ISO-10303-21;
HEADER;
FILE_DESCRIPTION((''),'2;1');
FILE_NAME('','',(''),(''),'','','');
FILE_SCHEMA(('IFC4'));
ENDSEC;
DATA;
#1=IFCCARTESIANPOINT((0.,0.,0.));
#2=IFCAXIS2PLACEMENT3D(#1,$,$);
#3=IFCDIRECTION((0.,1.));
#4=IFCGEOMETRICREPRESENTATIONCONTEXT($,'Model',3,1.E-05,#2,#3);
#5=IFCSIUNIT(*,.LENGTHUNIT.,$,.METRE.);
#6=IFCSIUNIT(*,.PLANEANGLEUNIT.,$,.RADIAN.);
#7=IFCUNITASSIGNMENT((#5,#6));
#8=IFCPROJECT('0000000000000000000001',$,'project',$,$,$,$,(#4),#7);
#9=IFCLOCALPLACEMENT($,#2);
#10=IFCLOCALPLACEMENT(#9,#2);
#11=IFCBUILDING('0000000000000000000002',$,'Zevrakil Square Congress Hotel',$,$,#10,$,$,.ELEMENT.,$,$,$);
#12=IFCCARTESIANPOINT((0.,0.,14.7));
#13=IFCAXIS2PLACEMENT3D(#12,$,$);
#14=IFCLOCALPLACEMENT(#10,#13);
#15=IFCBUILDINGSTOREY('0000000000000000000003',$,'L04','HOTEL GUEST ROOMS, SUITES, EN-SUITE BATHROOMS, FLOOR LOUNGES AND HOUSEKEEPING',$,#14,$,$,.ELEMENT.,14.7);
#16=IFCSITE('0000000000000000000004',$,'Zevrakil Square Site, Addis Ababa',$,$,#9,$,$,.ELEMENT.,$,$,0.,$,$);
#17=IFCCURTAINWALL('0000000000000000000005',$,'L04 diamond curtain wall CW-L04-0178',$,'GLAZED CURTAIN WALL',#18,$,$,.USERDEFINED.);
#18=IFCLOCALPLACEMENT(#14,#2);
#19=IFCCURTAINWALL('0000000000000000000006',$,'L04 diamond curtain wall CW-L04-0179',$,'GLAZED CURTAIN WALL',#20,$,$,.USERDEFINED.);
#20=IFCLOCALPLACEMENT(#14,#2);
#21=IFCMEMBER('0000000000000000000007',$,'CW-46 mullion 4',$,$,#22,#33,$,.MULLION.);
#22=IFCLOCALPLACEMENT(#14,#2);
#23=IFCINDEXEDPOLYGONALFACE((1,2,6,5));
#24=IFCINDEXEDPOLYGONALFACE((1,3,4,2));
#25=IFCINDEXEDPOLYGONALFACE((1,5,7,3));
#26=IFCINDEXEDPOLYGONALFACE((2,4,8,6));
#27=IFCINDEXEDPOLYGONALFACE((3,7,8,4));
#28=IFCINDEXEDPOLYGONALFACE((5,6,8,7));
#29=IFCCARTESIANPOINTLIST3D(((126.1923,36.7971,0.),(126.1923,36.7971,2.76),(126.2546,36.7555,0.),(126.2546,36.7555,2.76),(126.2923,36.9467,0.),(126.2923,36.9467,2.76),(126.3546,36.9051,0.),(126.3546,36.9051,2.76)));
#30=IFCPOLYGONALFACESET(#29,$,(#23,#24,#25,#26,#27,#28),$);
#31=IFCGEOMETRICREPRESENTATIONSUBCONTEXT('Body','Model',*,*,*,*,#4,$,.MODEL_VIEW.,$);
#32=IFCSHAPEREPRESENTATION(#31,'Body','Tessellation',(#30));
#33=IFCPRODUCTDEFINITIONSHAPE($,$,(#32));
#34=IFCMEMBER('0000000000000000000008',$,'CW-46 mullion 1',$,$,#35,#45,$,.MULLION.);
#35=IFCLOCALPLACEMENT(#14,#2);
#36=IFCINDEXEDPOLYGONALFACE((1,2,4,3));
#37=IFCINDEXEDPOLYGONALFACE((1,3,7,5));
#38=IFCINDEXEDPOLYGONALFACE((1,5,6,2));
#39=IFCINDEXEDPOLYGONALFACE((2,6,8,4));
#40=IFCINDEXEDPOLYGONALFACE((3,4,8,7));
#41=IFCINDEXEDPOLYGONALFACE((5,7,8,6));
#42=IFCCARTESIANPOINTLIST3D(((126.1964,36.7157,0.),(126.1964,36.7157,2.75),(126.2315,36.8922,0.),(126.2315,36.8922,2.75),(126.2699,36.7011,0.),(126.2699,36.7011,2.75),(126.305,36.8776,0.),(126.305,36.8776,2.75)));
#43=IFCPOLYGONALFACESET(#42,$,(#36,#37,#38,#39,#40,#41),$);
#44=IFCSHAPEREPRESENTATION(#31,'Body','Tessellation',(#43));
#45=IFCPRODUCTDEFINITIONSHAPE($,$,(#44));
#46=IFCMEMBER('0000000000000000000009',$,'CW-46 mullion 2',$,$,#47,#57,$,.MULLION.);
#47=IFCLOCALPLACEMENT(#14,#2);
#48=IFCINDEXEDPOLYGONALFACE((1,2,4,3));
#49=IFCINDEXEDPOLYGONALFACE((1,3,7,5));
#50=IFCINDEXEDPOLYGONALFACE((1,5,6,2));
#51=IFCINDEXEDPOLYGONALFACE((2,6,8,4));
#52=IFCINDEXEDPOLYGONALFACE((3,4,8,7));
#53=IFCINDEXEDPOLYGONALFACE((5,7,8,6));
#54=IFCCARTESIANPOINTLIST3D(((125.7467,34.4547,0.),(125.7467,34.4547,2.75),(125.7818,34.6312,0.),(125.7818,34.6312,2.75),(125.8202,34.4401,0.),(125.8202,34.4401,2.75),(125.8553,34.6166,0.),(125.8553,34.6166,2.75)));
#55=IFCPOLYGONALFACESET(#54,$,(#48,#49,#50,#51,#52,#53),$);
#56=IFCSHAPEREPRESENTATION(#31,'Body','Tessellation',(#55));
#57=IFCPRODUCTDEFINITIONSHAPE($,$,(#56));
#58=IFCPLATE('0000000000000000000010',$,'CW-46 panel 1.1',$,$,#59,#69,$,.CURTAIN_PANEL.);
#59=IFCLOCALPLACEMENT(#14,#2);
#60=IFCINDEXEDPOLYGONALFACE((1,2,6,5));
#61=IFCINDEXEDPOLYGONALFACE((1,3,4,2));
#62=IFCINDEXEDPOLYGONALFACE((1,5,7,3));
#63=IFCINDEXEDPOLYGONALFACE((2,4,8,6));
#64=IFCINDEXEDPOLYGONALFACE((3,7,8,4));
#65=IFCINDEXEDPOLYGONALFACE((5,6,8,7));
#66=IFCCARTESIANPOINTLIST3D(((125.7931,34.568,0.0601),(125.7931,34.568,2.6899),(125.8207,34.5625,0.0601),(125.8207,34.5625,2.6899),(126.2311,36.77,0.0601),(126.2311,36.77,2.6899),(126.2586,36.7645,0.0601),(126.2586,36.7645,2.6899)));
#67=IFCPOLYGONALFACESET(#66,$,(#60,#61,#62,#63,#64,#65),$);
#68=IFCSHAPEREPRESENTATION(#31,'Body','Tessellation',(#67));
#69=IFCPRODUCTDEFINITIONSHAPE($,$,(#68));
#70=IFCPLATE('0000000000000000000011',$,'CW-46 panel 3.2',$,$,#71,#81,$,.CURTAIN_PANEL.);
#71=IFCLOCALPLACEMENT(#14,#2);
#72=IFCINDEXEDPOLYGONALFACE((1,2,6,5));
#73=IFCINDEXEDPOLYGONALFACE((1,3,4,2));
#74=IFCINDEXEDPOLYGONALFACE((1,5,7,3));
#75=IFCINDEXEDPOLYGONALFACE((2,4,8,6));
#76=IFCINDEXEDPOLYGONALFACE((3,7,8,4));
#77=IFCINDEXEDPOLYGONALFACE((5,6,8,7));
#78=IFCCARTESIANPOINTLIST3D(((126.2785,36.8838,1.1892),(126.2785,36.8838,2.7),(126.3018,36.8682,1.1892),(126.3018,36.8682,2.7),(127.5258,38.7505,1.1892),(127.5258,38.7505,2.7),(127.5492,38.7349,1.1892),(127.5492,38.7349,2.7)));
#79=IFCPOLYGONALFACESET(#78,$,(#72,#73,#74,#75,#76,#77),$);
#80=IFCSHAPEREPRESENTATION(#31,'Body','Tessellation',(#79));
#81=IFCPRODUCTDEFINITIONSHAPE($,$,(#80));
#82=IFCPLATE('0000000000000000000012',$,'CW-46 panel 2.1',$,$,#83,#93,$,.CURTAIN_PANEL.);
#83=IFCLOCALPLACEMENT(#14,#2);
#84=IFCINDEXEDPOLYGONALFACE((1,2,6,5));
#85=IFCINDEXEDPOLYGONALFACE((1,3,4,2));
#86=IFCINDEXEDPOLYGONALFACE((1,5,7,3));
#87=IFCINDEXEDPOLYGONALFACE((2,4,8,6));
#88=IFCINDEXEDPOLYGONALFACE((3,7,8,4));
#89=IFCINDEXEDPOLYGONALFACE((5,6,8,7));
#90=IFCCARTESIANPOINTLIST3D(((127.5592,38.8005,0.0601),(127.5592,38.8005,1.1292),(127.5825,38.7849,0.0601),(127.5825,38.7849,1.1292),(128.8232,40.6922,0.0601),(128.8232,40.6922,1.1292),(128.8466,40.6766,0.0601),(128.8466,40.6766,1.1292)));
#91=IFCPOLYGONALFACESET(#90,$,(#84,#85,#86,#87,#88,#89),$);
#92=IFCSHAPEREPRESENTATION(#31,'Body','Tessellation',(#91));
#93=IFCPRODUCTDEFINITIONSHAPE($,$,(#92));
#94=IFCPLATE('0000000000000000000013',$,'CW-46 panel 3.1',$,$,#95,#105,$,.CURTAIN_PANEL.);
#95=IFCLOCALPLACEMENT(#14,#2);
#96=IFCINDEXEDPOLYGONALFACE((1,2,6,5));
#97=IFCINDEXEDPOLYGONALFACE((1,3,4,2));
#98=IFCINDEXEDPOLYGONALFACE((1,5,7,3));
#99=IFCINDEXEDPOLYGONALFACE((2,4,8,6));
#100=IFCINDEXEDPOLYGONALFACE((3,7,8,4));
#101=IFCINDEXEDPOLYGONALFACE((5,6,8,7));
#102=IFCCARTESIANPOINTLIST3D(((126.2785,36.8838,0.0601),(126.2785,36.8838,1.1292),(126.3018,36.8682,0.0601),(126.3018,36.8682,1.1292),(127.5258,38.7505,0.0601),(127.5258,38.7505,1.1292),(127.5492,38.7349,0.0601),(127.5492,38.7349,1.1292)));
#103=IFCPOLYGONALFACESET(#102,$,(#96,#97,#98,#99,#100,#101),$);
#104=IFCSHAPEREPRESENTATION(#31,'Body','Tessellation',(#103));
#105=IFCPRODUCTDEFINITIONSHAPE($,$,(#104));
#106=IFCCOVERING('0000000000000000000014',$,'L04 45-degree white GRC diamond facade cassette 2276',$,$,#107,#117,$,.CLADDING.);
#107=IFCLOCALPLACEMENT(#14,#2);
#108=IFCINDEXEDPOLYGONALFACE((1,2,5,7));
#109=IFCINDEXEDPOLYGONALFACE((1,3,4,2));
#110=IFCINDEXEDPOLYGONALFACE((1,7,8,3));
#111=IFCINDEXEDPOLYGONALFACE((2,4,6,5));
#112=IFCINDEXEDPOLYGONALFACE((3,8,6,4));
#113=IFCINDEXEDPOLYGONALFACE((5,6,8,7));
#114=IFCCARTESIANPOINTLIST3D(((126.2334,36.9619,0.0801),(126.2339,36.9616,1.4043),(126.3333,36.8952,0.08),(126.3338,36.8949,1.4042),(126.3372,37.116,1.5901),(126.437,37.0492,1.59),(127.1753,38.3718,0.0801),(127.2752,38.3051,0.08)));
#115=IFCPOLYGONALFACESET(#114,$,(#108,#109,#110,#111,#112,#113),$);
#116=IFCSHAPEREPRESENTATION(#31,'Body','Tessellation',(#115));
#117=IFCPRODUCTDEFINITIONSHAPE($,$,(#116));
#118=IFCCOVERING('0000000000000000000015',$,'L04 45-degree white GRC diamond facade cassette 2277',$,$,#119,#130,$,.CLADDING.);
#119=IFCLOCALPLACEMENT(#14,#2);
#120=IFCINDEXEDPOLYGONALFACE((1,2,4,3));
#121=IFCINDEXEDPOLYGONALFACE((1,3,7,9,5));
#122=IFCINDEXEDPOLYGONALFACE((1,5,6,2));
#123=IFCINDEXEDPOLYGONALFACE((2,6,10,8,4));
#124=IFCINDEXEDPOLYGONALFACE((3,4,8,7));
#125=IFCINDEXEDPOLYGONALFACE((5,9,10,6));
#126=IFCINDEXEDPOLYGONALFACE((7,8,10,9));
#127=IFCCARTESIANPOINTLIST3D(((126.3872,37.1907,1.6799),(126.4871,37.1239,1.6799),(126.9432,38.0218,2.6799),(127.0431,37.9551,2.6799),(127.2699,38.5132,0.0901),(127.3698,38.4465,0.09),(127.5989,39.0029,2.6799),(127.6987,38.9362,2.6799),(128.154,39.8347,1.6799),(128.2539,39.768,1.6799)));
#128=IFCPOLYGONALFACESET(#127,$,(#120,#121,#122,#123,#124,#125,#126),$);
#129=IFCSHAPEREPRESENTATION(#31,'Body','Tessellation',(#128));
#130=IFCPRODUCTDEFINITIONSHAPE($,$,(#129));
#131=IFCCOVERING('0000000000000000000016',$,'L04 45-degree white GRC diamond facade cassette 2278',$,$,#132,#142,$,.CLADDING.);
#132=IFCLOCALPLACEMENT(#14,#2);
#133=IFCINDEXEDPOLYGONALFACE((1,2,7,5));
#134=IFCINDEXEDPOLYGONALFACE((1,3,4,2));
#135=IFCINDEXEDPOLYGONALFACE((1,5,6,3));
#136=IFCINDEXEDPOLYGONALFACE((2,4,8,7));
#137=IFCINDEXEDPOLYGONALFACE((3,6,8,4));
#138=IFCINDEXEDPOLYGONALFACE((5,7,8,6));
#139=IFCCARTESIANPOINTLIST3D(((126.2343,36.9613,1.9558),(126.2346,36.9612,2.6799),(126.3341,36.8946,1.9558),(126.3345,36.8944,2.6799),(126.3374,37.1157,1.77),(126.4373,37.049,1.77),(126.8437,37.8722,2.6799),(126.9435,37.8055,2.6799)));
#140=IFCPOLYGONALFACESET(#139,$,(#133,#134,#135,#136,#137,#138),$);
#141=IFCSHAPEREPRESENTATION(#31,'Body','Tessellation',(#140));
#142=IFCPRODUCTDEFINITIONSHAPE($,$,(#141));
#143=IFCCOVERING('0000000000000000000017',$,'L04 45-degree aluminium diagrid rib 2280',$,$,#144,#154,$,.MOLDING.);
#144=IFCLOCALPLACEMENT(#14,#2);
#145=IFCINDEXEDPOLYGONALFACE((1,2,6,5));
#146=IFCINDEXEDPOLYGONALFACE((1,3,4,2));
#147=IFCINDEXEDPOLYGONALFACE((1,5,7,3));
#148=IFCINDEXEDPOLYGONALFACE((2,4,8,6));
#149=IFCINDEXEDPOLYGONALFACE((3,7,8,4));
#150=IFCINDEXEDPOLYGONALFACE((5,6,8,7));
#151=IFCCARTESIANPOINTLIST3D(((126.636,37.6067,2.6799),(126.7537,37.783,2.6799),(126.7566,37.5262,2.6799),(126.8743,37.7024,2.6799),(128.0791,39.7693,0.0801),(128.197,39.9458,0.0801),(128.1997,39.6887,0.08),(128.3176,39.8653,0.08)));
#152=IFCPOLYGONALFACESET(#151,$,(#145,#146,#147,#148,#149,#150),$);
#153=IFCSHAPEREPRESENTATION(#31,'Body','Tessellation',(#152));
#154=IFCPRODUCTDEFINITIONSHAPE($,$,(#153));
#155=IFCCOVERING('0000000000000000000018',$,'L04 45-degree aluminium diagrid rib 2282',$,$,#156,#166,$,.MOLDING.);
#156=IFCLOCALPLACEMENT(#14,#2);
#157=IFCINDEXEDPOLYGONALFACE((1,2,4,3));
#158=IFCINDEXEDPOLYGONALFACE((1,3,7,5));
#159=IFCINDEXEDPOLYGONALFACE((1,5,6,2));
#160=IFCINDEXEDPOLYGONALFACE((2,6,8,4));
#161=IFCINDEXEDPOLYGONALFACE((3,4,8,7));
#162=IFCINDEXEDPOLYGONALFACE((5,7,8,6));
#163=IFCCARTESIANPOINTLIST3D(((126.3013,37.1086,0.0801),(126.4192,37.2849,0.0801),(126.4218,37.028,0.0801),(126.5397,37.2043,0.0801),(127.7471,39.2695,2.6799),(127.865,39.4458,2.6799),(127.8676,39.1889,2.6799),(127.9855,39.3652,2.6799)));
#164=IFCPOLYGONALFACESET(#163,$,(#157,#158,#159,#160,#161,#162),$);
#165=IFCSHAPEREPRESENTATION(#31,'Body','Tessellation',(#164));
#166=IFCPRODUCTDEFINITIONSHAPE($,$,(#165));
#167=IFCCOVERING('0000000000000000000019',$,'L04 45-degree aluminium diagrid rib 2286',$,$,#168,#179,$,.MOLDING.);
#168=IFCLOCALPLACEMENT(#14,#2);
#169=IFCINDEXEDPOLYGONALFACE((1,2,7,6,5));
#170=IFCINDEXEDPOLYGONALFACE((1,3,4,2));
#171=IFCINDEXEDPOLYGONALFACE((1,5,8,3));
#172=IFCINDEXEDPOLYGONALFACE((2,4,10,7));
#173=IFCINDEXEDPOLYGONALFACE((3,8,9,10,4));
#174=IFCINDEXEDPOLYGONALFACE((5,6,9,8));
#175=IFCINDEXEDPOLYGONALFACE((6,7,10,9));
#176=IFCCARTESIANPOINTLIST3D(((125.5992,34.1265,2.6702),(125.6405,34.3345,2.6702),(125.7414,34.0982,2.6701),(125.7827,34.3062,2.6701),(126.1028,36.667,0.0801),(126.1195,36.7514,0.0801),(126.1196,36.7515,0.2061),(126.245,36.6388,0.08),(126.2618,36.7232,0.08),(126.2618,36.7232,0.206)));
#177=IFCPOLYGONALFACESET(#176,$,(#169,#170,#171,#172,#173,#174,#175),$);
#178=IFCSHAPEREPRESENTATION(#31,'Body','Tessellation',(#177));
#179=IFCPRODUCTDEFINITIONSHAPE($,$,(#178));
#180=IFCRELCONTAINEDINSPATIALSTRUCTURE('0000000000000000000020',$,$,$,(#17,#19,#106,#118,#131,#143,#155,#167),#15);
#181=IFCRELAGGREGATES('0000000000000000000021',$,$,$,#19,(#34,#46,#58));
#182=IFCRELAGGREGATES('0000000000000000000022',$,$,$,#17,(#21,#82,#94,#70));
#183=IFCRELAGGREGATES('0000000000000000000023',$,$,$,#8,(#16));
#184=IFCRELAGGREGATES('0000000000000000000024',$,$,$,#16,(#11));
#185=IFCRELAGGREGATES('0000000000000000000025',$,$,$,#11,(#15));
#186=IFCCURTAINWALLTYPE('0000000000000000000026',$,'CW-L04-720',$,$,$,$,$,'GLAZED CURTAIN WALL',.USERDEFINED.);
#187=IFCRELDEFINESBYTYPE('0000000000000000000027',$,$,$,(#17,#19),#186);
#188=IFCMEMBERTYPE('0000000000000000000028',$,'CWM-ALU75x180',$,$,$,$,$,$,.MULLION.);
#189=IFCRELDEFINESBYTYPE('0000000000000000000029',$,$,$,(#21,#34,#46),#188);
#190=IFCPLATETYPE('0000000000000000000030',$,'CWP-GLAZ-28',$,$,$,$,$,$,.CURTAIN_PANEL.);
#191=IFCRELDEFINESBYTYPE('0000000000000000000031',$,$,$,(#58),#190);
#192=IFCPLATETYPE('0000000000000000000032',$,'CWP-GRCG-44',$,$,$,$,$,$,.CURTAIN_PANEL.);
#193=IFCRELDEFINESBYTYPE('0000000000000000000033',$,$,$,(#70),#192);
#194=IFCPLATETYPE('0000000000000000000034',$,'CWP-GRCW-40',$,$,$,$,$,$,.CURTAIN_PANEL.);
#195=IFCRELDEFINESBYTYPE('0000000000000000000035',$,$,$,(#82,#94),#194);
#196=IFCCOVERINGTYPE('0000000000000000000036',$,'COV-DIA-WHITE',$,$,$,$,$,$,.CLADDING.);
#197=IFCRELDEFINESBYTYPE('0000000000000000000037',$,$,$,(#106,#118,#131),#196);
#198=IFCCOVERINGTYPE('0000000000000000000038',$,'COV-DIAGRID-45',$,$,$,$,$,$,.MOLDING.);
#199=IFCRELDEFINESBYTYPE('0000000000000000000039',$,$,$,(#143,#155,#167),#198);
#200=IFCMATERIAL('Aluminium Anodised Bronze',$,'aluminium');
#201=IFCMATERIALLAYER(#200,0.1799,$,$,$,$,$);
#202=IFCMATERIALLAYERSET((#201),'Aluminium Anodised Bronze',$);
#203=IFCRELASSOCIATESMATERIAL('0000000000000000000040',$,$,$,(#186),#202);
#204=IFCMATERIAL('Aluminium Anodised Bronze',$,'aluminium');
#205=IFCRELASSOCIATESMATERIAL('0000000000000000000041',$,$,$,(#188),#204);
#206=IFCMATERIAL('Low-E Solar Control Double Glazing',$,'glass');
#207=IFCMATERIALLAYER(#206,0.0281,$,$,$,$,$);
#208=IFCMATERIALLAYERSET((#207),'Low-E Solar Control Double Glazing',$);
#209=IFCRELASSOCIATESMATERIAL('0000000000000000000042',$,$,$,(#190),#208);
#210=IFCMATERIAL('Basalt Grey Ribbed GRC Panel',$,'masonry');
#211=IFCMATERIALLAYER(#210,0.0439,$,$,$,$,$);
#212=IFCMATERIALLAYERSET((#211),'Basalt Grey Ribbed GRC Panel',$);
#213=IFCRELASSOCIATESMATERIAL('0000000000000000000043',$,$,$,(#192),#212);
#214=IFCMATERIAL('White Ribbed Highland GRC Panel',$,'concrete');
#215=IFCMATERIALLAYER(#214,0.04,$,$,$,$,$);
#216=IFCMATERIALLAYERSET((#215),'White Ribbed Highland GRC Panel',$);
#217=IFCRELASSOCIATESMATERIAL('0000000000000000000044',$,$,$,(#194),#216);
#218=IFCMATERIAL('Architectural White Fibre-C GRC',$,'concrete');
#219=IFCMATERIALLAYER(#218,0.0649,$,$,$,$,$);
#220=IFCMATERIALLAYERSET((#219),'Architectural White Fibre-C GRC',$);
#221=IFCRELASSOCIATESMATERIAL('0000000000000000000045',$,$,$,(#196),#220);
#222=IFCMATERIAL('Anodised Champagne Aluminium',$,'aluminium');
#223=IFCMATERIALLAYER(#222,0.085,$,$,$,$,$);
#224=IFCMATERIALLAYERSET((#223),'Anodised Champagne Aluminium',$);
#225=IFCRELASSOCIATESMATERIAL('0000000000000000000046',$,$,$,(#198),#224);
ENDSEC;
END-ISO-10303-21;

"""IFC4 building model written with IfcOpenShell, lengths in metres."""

from ifc_helpers import new_model, si_unit, direction, frame, origin, origin_2d, place, context, subcontext, project, spatial, polyline, rectangle, outline, extrude, material, layer, layer_set, material_profile, profile_set, type_object, element, aggregate, save


model = new_model("IFC4")

# Units and contexts
model_context = context("Model", 3, precision=1e-05, world=origin(), true_north=direction((0.0, 1.0)))
body_context = subcontext(model_context, "Body", "Model", "MODEL_VIEW")
ifc_project = project(units=[si_unit("LENGTHUNIT", "METRE"), si_unit("PLANEANGLEUNIT", "RADIAN")], contexts=[model_context])

# Site, building, storey
site_placement = place(None, origin())
site = spatial("IfcSite", under=ifc_project, at=site_placement, Name="Zevrakil Square Site, Addis Ababa", CompositionType="ELEMENT", RefElevation=0.0)
building_placement = place(site_placement, origin())
building = spatial("IfcBuilding", under=site, at=building_placement, Name="Zevrakil Square Congress Hotel", CompositionType="ELEMENT")
storey_placement = place(building_placement, frame((0.0, 0.0, 14.7)))
storey = spatial("IfcBuildingStorey", under=building, at=storey_placement, Name="L04", Description="HOTEL GUEST ROOMS, SUITES, EN-SUITE BATHROOMS, FLOOR LOUNGES AND HOUSEKEEPING", CompositionType="ELEMENT", Elevation=14.7)

# Curtain walls
ifc_material_1 = material(Name="Aluminium Anodised Bronze", Category="aluminium")
ifc_layer_1 = layer(ifc_material_1, 0.1799)
ifc_layer_set_1 = layer_set([ifc_layer_1], Name="Aluminium Anodised Bronze")
curtain_wall_type = type_object("IfcCurtainWallType", Name="CW-L04-720", ElementType="GLAZED CURTAIN WALL", PredefinedType="USERDEFINED", material=ifc_layer_set_1)
curtain_wall_1_placement = place(storey_placement, origin())
curtain_wall_1 = element("IfcCurtainWall", 1, at=curtain_wall_1_placement, inside=storey, type_object=curtain_wall_type, Name="L04 diamond curtain wall CW-L04-0178", ObjectType="GLAZED CURTAIN WALL", PredefinedType="USERDEFINED")
curtain_wall_2_placement = place(storey_placement, origin())
curtain_wall_2 = element("IfcCurtainWall", 2, at=curtain_wall_2_placement, inside=storey, type_object=curtain_wall_type, Name="L04 diamond curtain wall CW-L04-0179", ObjectType="GLAZED CURTAIN WALL", PredefinedType="USERDEFINED")

# Members
ifc_material_2 = material(Name="Aluminium Anodised Bronze", Category="aluminium")
ifc_material_profile_1 = material_profile(ifc_material_2, rectangle(XDim=0.075, YDim=0.1799, at=origin_2d()), Name="ALU 75x180")
ifc_profile_set_1 = profile_set([ifc_material_profile_1], Name="Aluminium Anodised Bronze")
member_type_1 = type_object("IfcMemberType", Name="CWM-ALU75x180", PredefinedType="MULLION", material=ifc_profile_set_1)
member_1_placement = place(storey_placement, frame((126.2734, 36.8511, 0.0), z_axis=(0.0, 0.0, 1.0), x_axis=(0.831466, -0.555576, 0.0)))
member_1 = element("IfcMember", 3, at=member_1_placement, type_object=member_type_1, Name="CW-46 mullion 4", PredefinedType="MULLION", context=body_context, shape_type="SweptSolid", body=[
    extrude(rectangle(XDim=0.075, YDim=0.1799, at=origin_2d()), origin(), (0.0, 0.0, 1.0), 2.76),
])
member_2_placement = place(storey_placement, frame((126.2507, 36.7966, 0.0), z_axis=(0.0, 0.0, 1.0), x_axis=(0.980787, -0.195084, 0.0)))
member_2 = element("IfcMember", 4, at=member_2_placement, type_object=member_type_1, Name="CW-46 mullion 1", PredefinedType="MULLION", context=body_context, shape_type="SweptSolid", body=[
    extrude(rectangle(XDim=0.075, YDim=0.1799, at=origin_2d()), origin(), (0.0, 0.0, 1.0), 2.75),
])
member_3_placement = place(storey_placement, frame((125.801, 34.5356, 0.0), z_axis=(0.0, 0.0, 1.0), x_axis=(0.980787, -0.195084, 0.0)))
member_3 = element("IfcMember", 5, at=member_3_placement, type_object=member_type_1, Name="CW-46 mullion 2", PredefinedType="MULLION", context=body_context, shape_type="SweptSolid", body=[
    extrude(rectangle(XDim=0.075, YDim=0.1799, at=origin_2d()), origin(), (0.0, 0.0, 1.0), 2.75),
])

# Plates
ifc_material_3 = material(Name="Low-E Solar Control Double Glazing", Category="glass")
ifc_layer_2 = layer(ifc_material_3, 0.0281)
ifc_layer_set_2 = layer_set([ifc_layer_2], Name="Low-E Solar Control Double Glazing")
plate_type_1 = type_object("IfcPlateType", Name="CWP-GLAZ-28", PredefinedType="CURTAIN_PANEL", material=ifc_layer_set_2)
plate_1_placement = place(storey_placement, frame((126.0259, 35.6663, 0.0601), z_axis=(0.0, 0.0, 1.0), x_axis=(-0.195084, -0.980787, 0.0)))
plate_1 = element("IfcPlate", 6, at=plate_1_placement, type_object=plate_type_1, Name="CW-46 panel 1.1", PredefinedType="CURTAIN_PANEL", context=body_context, shape_type="SweptSolid", body=[
    extrude(rectangle(XDim=2.2451, YDim=0.0281, at=origin_2d()), origin(), (0.0, 0.0, 1.0), 2.6299),
])
aggregate(curtain_wall_2, [member_2, member_3, plate_1])
ifc_material_4 = material(Name="Basalt Grey Ribbed GRC Panel", Category="masonry")
ifc_layer_3 = layer(ifc_material_4, 0.0439)
ifc_layer_set_3 = layer_set([ifc_layer_3], Name="Basalt Grey Ribbed GRC Panel")
plate_type_2 = type_object("IfcPlateType", Name="CWP-GRCG-44", PredefinedType="CURTAIN_PANEL", material=ifc_layer_set_3)
plate_2_placement = place(storey_placement, frame((126.9138, 37.8093, 1.1892), z_axis=(0.0, 0.0, 1.0), x_axis=(-0.555576, -0.831466, 0.0)))
plate_2 = element("IfcPlate", 7, at=plate_2_placement, type_object=plate_type_2, Name="CW-46 panel 3.2", PredefinedType="CURTAIN_PANEL", context=body_context, shape_type="SweptSolid", body=[
    extrude(rectangle(XDim=2.2451, YDim=0.0281, at=origin_2d()), origin(), (0.0, 0.0, 1.0), 1.5107),
])
ifc_material_5 = material(Name="White Ribbed Highland GRC Panel", Category="concrete")
ifc_layer_4 = layer(ifc_material_5, 0.04)
ifc_layer_set_4 = layer_set([ifc_layer_4], Name="White Ribbed Highland GRC Panel")
plate_type_3 = type_object("IfcPlateType", Name="CWP-GRCW-40", PredefinedType="CURTAIN_PANEL", material=ifc_layer_set_4)
plate_3_placement = place(storey_placement, frame((128.2029, 39.7385, 0.0601), z_axis=(0.0, 0.0, 1.0), x_axis=(-0.555576, -0.831466, 0.0)))
plate_3 = element("IfcPlate", 8, at=plate_3_placement, type_object=plate_type_3, Name="CW-46 panel 2.1", PredefinedType="CURTAIN_PANEL", context=body_context, shape_type="SweptSolid", body=[
    extrude(rectangle(XDim=2.2751, YDim=0.0281, at=origin_2d()), origin(), (0.0, 0.0, 1.0), 1.0691),
])
plate_4_placement = place(storey_placement, frame((126.9138, 37.8093, 0.0601), z_axis=(0.0, 0.0, 1.0), x_axis=(-0.555576, -0.831466, 0.0)))
plate_4 = element("IfcPlate", 9, at=plate_4_placement, type_object=plate_type_3, Name="CW-46 panel 3.1", PredefinedType="CURTAIN_PANEL", context=body_context, shape_type="SweptSolid", body=[
    extrude(rectangle(XDim=2.2451, YDim=0.0281, at=origin_2d()), origin(), (0.0, 0.0, 1.0), 1.0691),
])
aggregate(curtain_wall_1, [member_1, plate_3, plate_4, plate_2])

# Coverings
ifc_material_6 = material(Name="Architectural White Fibre-C GRC", Category="concrete")
ifc_layer_5 = layer(ifc_material_6, 0.0649)
ifc_layer_set_5 = layer_set([ifc_layer_5], Name="Architectural White Fibre-C GRC")
covering_type_1 = type_object("IfcCoveringType", Name="COV-DIA-WHITE", PredefinedType="CLADDING", material=ifc_layer_set_5)
covering_1_placement = place(storey_placement, frame((126.3372, 37.116, 1.5901), z_axis=(-0.831496, 0.555531, 0.00046), x_axis=(-0.39296, -0.58758, -0.707341)))
element("IfcCovering", 10, at=covering_1_placement, inside=storey, type_object=covering_type_1, Name="L04 45-degree white GRC diamond facade cassette 2276", PredefinedType="CLADDING", context=body_context, shape_type="SweptSolid", body=[
    extrude(outline(polyline([(0.0, 0.0), (0.2627, 0.0), (1.1994, -0.936), (0.0008, -2.1354), (0.0, 0.0)])), origin(), (0.0, 0.0, -1.0), 0.1201),
])
covering_2_placement = place(storey_placement, frame((126.3872, 37.1907, 1.6799), z_axis=(-0.831455, 0.555592, 0.000545), x_axis=(0.392573, 0.588187, -0.707052)))
element("IfcCovering", 11, at=covering_2_placement, inside=storey, type_object=covering_type_1, Name="L04 45-degree white GRC diamond facade cassette 2277", PredefinedType="CLADDING", context=body_context, shape_type="SweptSolid", body=[
    extrude(outline(polyline([(0.0, 0.0), (2.2486, 0.0), (2.2488, -2.2485), (0.8346, -2.2485), (0.0001, -1.4142), (0.0, 0.0)])), origin(), (0.0, 0.0, -1.0), 0.1201),
])
covering_3_placement = place(storey_placement, frame((126.3374, 37.1157, 1.77), z_axis=(-0.831336, 0.555769, 0.000485), x_axis=(0.393349, 0.587765, 0.706972)))
element("IfcCovering", 12, at=covering_3_placement, inside=storey, type_object=covering_type_1, Name="L04 45-degree white GRC diamond facade cassette 2278", PredefinedType="CLADDING", context=body_context, shape_type="SweptSolid", body=[
    extrude(outline(polyline([(0.0, 0.0), (1.2871, 0.0), (0.512, -0.7747), (0.0, -0.2627), (0.0, 0.0)])), origin(), (0.0, 0.0, -1.0), 0.1201),
])
ifc_material_7 = material(Name="Anodised Champagne Aluminium", Category="aluminium")
ifc_layer_6 = layer(ifc_material_7, 0.085)
ifc_layer_set_6 = layer_set([ifc_layer_6], Name="Anodised Champagne Aluminium")
covering_type_2 = type_object("IfcCoveringType", Name="COV-DIAGRID-45", PredefinedType="MOLDING", material=ifc_layer_set_6)
covering_4_placement = place(storey_placement, frame((128.0791, 39.7693, 0.0801), z_axis=(-0.831607, 0.555364, 0.000342), x_axis=(0.555364, 0.831607, 0.0)))
element("IfcCovering", 13, at=covering_4_placement, inside=storey, type_object=covering_type_2, Name="L04 45-degree aluminium diagrid rib 2280", PredefinedType="MOLDING", context=body_context, shape_type="SweptSolid", body=[
    extrude(outline(polyline([(0.0, 0.0), (0.2123, 0.0), (-2.3879, -2.5999), (-2.5999, -2.5999), (0.0, 0.0)])), origin(), (0.0, 0.0, -1.0), 0.145),
])
covering_5_placement = place(storey_placement, frame((127.865, 39.4458, 2.6799), z_axis=(-0.831164, 0.556028, 0.00007), x_axis=(-0.556028, -0.831164, 0.0)))
element("IfcCovering", 14, at=covering_5_placement, inside=storey, type_object=covering_type_2, Name="L04 45-degree aluminium diagrid rib 2282", PredefinedType="MOLDING", context=body_context, shape_type="SweptSolid", body=[
    extrude(outline(polyline([(0.0, 0.0), (0.2121, 0.0), (2.812, -2.5999), (2.6, -2.5999), (0.0, 0.0)])), origin(), (0.0, 0.0, -1.0), 0.145),
])
covering_6_placement = place(storey_placement, frame((126.1028, 36.667, 0.0801), z_axis=(-0.980858, 0.194726, 0.000285), x_axis=(0.194726, 0.980858, -0.000001)))
element("IfcCovering", 15, at=covering_6_placement, inside=storey, type_object=covering_type_2, Name="L04 45-degree aluminium diagrid rib 2286", PredefinedType="MOLDING", context=body_context, shape_type="SweptSolid", body=[
    extrude(outline(polyline([(0.0, 0.0), (0.0861, 0.0), (0.0861, -0.126), (-2.3779, -2.5901), (-2.59, -2.5901), (0.0, 0.0)])), origin(), (0.0, 0.0, -1.0), 0.145),
])

save(model, "model.ifc")
